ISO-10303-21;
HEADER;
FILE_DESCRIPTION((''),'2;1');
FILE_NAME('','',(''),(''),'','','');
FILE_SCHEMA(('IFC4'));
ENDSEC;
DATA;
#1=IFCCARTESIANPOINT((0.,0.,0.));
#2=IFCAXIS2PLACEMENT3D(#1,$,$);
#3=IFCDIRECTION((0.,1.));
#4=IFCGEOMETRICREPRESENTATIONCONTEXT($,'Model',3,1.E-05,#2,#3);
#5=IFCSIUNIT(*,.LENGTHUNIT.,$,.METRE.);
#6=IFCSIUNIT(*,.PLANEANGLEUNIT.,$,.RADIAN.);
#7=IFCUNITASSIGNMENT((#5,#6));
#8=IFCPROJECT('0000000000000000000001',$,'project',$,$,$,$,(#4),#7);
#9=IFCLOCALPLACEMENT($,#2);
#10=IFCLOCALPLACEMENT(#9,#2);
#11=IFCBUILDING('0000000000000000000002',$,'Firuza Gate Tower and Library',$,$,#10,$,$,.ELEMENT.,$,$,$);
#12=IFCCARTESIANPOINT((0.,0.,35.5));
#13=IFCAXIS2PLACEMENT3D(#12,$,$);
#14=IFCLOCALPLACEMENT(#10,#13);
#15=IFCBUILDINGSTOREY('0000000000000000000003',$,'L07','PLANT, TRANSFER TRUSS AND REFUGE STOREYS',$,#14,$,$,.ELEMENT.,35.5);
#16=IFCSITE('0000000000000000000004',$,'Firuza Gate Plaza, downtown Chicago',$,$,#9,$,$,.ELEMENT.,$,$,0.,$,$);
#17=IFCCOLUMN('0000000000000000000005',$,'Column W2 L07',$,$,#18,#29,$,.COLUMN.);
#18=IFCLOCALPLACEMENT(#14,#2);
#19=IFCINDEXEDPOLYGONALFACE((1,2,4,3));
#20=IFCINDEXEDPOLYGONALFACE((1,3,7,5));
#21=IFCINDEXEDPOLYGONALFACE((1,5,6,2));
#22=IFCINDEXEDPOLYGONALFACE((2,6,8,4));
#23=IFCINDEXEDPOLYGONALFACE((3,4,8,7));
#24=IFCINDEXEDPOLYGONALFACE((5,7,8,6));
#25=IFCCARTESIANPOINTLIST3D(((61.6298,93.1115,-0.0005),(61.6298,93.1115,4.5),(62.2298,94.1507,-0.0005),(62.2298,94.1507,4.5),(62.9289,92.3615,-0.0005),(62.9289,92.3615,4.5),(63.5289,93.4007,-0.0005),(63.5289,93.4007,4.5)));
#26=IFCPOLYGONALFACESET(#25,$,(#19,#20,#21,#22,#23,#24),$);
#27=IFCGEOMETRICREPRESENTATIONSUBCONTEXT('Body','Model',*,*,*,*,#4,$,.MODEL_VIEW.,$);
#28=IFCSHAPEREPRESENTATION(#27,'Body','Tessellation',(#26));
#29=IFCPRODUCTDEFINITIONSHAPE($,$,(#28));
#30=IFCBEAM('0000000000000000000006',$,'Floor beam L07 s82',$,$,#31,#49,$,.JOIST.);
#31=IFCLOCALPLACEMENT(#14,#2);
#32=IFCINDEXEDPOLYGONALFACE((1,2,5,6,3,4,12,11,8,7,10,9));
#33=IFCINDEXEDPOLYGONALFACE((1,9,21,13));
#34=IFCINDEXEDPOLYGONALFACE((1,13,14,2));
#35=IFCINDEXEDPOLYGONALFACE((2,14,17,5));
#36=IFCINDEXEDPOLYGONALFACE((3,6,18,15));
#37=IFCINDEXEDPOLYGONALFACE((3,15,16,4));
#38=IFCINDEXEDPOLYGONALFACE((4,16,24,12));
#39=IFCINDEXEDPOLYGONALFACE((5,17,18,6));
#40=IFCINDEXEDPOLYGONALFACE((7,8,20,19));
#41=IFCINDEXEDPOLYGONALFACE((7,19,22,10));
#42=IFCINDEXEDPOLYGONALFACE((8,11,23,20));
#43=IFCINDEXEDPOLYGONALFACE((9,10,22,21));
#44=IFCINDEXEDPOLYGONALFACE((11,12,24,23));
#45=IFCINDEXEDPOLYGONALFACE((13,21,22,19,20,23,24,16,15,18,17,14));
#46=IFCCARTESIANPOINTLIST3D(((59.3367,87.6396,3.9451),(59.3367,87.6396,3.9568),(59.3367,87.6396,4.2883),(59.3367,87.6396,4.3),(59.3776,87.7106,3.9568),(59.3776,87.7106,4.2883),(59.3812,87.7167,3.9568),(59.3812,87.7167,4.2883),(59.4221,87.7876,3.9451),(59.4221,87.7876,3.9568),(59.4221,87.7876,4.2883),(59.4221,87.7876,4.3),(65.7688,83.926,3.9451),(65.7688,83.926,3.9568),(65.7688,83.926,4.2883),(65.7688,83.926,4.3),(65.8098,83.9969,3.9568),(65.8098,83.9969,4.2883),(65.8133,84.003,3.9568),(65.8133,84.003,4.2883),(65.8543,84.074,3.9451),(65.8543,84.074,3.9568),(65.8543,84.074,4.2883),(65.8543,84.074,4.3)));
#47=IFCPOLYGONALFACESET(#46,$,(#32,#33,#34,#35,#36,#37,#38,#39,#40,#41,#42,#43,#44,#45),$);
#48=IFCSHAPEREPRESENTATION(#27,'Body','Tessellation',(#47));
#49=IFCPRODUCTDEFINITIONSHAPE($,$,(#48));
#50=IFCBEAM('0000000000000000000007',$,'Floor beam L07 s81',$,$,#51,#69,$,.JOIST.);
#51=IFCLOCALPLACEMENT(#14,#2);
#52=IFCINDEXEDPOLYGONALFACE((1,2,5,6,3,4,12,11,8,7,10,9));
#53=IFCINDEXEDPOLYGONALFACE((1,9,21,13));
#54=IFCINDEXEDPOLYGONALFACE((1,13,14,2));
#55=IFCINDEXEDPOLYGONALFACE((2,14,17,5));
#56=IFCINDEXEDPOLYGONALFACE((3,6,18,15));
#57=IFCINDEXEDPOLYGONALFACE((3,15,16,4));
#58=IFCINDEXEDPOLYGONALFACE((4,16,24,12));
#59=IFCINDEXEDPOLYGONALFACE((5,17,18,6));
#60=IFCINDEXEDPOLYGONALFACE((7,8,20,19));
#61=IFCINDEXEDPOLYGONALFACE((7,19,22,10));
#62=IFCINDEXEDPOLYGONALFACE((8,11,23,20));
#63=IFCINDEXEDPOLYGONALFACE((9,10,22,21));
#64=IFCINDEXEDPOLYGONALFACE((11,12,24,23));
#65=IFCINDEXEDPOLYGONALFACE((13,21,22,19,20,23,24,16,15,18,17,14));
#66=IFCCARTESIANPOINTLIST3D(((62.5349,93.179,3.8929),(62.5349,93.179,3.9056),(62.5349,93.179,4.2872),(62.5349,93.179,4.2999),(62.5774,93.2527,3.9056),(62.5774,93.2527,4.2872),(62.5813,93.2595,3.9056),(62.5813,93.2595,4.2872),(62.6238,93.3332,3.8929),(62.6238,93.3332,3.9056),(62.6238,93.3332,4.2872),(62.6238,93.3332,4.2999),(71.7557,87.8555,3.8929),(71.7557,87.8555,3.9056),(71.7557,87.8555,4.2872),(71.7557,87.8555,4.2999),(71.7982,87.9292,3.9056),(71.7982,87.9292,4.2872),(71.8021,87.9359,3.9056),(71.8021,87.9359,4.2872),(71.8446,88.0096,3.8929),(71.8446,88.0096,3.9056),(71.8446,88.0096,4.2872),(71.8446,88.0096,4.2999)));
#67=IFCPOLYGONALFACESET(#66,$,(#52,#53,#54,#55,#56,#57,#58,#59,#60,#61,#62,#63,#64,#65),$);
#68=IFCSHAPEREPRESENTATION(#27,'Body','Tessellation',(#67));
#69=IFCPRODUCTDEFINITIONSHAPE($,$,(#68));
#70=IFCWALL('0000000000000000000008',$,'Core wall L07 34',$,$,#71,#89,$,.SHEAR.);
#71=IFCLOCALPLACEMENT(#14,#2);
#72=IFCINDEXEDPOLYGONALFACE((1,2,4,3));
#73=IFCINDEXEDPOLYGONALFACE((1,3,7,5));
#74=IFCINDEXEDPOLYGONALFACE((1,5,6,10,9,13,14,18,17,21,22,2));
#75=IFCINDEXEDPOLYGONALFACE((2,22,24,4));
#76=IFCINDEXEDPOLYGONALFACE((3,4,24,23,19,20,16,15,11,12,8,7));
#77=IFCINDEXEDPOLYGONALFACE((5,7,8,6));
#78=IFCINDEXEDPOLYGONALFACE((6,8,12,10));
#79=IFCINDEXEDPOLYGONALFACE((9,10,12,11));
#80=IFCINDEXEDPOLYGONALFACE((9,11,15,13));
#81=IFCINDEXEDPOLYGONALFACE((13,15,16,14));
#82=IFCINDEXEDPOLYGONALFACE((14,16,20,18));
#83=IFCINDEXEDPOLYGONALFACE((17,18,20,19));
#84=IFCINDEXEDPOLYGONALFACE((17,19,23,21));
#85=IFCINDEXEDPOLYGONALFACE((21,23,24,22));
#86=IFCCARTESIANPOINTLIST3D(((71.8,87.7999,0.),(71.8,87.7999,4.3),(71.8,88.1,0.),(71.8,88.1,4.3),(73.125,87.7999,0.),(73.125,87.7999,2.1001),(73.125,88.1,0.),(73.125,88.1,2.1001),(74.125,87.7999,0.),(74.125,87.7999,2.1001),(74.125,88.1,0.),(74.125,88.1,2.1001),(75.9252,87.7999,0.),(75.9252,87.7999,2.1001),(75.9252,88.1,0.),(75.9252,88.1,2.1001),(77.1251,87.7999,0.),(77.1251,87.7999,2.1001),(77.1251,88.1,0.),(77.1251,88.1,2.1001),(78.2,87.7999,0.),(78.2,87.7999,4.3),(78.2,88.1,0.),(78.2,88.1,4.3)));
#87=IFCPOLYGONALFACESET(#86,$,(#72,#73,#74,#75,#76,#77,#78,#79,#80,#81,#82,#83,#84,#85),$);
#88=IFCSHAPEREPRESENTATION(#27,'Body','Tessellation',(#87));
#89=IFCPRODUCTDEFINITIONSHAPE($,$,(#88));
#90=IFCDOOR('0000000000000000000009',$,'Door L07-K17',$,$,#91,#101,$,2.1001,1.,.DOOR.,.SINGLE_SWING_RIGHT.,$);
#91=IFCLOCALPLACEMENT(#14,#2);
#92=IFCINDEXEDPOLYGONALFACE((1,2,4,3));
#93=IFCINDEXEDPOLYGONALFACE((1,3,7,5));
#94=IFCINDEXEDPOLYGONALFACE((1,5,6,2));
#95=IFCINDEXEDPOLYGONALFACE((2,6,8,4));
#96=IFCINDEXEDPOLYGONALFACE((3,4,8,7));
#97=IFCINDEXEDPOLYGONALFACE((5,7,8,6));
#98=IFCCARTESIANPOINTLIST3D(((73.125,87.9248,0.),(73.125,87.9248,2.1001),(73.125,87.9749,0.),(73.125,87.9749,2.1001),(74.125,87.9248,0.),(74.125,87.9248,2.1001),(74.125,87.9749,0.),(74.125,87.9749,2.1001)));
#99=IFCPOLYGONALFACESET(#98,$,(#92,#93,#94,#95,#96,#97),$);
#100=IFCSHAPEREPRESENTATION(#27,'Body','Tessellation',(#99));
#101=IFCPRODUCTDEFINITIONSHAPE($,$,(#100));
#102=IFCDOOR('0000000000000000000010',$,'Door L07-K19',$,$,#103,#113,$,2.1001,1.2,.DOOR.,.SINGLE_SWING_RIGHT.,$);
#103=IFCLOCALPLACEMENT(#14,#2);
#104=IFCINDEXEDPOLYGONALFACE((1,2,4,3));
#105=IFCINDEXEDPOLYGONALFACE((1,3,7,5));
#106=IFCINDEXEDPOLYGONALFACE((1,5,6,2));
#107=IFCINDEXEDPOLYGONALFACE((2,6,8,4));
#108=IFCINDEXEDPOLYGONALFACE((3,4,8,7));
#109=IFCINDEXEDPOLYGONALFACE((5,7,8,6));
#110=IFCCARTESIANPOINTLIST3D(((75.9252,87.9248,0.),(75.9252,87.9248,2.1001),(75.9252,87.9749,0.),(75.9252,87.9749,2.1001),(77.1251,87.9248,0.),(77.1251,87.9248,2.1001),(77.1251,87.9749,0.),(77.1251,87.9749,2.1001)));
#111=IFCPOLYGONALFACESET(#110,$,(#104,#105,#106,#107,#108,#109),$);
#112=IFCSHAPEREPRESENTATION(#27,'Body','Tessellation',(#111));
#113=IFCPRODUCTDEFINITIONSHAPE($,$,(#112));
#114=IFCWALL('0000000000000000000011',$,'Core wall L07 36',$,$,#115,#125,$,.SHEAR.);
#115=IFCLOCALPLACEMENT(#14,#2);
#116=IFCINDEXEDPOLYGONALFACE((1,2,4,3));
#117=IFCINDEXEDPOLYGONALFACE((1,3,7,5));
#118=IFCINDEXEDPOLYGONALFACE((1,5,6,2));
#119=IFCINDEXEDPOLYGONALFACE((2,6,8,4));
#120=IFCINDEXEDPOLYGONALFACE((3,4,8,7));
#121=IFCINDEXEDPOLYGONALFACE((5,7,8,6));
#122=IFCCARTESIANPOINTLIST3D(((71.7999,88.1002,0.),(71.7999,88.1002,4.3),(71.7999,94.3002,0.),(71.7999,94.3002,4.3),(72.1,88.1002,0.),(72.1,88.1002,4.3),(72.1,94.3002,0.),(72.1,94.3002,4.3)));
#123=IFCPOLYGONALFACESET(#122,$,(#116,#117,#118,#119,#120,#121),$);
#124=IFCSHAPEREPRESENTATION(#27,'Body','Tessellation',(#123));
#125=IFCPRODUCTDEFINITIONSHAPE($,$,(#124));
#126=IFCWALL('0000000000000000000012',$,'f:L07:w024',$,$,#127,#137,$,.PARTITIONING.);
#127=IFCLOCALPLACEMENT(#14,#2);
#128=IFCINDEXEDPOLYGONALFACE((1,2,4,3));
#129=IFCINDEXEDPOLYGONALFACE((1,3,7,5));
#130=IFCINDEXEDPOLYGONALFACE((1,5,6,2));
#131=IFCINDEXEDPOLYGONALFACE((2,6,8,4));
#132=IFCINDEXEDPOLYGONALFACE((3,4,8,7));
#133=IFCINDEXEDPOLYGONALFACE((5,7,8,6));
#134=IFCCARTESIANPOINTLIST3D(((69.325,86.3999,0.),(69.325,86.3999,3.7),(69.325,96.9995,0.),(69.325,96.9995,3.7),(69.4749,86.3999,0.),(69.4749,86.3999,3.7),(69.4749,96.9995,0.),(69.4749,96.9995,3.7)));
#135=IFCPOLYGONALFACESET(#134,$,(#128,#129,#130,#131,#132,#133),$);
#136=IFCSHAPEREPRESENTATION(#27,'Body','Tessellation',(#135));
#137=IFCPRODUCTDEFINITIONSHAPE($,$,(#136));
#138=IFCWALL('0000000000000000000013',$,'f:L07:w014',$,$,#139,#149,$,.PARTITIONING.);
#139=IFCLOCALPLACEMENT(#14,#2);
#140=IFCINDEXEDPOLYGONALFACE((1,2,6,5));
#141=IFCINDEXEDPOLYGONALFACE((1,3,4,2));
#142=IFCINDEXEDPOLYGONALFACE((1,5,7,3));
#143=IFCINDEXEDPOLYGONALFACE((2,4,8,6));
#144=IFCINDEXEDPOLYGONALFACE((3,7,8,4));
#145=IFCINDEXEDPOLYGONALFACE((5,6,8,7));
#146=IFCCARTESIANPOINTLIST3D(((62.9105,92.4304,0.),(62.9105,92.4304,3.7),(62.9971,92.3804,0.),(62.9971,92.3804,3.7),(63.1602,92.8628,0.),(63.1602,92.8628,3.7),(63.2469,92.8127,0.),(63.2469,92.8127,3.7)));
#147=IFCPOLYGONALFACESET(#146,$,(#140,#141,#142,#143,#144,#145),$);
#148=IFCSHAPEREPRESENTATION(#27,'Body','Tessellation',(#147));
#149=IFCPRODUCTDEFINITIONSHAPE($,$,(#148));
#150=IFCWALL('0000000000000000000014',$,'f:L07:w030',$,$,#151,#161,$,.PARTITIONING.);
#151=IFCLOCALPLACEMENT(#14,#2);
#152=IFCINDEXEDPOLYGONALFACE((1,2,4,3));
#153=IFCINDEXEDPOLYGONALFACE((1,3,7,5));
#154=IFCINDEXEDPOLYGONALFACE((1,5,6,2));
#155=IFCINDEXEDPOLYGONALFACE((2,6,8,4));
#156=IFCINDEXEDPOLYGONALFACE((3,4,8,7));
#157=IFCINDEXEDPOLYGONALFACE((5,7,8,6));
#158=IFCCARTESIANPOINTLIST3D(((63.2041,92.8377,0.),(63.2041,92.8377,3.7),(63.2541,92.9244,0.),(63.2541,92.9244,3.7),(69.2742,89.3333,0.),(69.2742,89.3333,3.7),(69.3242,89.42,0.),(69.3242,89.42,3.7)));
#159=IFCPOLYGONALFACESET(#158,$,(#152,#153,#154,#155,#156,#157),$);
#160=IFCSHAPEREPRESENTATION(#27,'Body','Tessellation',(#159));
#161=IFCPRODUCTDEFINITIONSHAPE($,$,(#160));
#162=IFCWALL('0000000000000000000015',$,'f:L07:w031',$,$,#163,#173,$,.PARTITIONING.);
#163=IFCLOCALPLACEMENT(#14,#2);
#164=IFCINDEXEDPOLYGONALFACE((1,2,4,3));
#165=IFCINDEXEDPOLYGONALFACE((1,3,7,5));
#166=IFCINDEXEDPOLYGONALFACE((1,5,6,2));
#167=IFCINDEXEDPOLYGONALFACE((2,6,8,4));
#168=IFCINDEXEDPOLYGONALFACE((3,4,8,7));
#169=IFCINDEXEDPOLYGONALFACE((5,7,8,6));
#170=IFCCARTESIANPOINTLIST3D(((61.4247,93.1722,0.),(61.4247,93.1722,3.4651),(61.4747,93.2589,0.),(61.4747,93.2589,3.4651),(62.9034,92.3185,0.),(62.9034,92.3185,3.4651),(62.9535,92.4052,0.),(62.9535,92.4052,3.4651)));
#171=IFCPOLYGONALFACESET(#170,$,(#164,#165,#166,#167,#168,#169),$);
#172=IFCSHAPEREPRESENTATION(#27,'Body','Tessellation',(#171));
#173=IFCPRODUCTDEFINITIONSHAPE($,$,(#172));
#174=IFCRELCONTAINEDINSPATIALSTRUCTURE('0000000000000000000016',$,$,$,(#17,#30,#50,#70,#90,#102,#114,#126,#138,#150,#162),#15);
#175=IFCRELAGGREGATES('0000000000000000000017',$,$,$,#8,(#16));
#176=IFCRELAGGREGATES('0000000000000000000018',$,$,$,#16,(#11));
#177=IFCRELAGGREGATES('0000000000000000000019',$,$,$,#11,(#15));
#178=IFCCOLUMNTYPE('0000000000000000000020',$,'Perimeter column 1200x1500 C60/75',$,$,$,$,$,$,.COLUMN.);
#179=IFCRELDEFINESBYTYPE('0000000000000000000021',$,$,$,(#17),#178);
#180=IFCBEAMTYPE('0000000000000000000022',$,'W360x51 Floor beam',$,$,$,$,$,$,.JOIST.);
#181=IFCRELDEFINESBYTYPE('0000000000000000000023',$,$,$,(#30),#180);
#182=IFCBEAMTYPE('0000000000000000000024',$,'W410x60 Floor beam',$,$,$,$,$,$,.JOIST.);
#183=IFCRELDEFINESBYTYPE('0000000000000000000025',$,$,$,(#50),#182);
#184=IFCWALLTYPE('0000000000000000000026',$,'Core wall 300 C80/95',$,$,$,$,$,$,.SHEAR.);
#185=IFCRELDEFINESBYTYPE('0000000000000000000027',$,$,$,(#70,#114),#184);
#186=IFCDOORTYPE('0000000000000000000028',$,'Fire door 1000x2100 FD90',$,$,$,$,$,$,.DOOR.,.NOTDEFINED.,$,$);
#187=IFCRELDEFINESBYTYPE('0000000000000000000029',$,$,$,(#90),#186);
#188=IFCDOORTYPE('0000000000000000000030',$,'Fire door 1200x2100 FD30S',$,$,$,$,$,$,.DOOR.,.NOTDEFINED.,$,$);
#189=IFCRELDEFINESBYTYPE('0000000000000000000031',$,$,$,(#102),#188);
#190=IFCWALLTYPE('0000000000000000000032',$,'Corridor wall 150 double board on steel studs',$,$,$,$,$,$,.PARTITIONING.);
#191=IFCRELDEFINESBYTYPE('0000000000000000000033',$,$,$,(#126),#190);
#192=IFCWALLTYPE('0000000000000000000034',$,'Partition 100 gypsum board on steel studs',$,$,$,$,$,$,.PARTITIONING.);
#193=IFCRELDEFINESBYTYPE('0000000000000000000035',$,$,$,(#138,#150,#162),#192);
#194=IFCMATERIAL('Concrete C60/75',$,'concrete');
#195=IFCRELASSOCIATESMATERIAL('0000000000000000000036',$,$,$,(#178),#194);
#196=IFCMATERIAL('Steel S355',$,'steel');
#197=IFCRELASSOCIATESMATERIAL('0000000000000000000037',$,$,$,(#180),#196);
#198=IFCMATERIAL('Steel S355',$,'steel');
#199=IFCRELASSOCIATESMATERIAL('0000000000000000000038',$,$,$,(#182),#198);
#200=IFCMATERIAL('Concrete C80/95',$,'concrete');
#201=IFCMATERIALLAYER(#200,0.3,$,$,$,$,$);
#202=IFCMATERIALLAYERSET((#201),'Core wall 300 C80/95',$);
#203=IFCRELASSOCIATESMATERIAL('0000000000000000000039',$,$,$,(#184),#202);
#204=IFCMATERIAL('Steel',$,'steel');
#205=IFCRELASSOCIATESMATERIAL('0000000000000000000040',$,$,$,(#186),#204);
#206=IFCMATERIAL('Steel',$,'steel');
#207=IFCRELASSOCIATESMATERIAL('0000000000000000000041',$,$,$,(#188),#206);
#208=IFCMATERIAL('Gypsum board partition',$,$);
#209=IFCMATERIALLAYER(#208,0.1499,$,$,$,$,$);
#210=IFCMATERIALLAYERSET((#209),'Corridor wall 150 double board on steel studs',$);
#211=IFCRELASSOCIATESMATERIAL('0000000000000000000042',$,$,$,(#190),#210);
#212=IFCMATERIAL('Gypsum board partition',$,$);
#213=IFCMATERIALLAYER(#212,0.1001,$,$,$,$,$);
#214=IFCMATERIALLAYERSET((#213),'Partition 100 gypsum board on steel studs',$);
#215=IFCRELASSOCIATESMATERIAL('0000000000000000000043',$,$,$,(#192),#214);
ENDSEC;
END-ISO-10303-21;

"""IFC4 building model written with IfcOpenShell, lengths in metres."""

from ifc_helpers import new_model, si_unit, direction, frame, frame_2d, origin, origin_2d, place, context, subcontext, project, spatial, rectangle, i_section, extrude, material, layer, layer_set, material_profile, profile_set, type_object, element, fill, save


model = new_model("IFC4")

# Units and contexts
model_context = context("Model", 3, precision=1e-05, world=origin(), true_north=direction((0.0, 1.0)))
body_context = subcontext(model_context, "Body", "Model", "MODEL_VIEW")
ifc_project = project(units=[si_unit("LENGTHUNIT", "METRE"), si_unit("PLANEANGLEUNIT", "RADIAN")], contexts=[model_context])

# Site, building, storey
site_placement = place(None, origin())
site = spatial("IfcSite", under=ifc_project, at=site_placement, Name="Firuza Gate Plaza, downtown Chicago", CompositionType="ELEMENT", RefElevation=0.0)
building_placement = place(site_placement, origin())
building = spatial("IfcBuilding", under=site, at=building_placement, Name="Firuza Gate Tower and Library", CompositionType="ELEMENT")
storey_placement = place(building_placement, frame((0.0, 0.0, 35.5)))
storey = spatial("IfcBuildingStorey", under=building, at=storey_placement, Name="L07", Description="PLANT, TRANSFER TRUSS AND REFUGE STOREYS", CompositionType="ELEMENT", Elevation=35.5)

# Column
ifc_material_1 = material(Name="Concrete C60/75", Category="concrete")
ifc_material_profile_1 = material_profile(ifc_material_1, rectangle(XDim=1.2, YDim=1.5, at=origin_2d()))
ifc_profile_set_1 = profile_set([ifc_material_profile_1], Name="Concrete C60/75")
column_type = type_object("IfcColumnType", Name="Perimeter column 1200x1500 C60/75", PredefinedType="COLUMN", material=ifc_profile_set_1)
column_placement = place(storey_placement, frame((62.5793, 93.2561, -0.0005), z_axis=(0.0, 0.0, 1.0), x_axis=(-0.5, -0.866025, 0.0)))
element("IfcColumn", 1, at=column_placement, inside=storey, type_object=column_type, Name="Column W2 L07", PredefinedType="COLUMN", context=body_context, shape_type="SweptSolid", body=[
    extrude(rectangle(XDim=1.2, YDim=1.5, at=origin_2d()), origin(), (0.0, 0.0, 1.0), 4.5005),
])

# Beams
ifc_material_2 = material(Name="Steel S355", Category="steel")
ifc_material_profile_2 = material_profile(ifc_material_2, i_section(OverallWidth=0.1709, OverallDepth=0.355, WebThickness=0.0071, FlangeThickness=0.0117, at=origin_2d()))
ifc_profile_set_2 = profile_set([ifc_material_profile_2], Name="Steel S355")
beam_type_1 = type_object("IfcBeamType", Name="W360x51 Floor beam", PredefinedType="JOIST", material=ifc_profile_set_2)
beam_1_placement = place(storey_placement, frame((59.3794, 87.7136, 4.1226), z_axis=(0.866024, -0.500003, 0.0), x_axis=(0.500003, 0.866024, 0.0)))
element("IfcBeam", 2, at=beam_1_placement, inside=storey, type_object=beam_type_1, Name="Floor beam L07 s82", PredefinedType="JOIST", context=body_context, shape_type="SweptSolid", body=[
    extrude(i_section(OverallWidth=0.1709, OverallDepth=0.355, WebThickness=0.0071, FlangeThickness=0.0117, at=origin_2d()), origin(), (0.0, 0.0, 1.0), 7.4272),
])
ifc_material_3 = material(Name="Steel S355", Category="steel")
ifc_material_profile_3 = material_profile(ifc_material_3, i_section(OverallWidth=0.178, OverallDepth=0.407, WebThickness=0.0078, FlangeThickness=0.0127, at=origin_2d()))
ifc_profile_set_3 = profile_set([ifc_material_profile_3], Name="Steel S355")
beam_type_2 = type_object("IfcBeamType", Name="W410x60 Floor beam", PredefinedType="JOIST", material=ifc_profile_set_3)
beam_2_placement = place(storey_placement, frame((62.5793, 93.2561, 4.0964), z_axis=(0.866029, -0.499994, 0.0), x_axis=(0.499994, 0.866029, 0.0)))
element("IfcBeam", 3, at=beam_2_placement, inside=storey, type_object=beam_type_2, Name="Floor beam L07 s81", PredefinedType="JOIST", context=body_context, shape_type="SweptSolid", body=[
    extrude(i_section(OverallWidth=0.178, OverallDepth=0.407, WebThickness=0.0078, FlangeThickness=0.0127, at=origin_2d()), origin(), (0.0, 0.0, 1.0), 10.6472),
])

# Wall, openings, doors
ifc_material_4 = material(Name="Concrete C80/95", Category="concrete")
ifc_layer_1 = layer(ifc_material_4, 0.3)
ifc_layer_set_1 = layer_set([ifc_layer_1], Name="Core wall 300 C80/95")
wall_type_1 = type_object("IfcWallType", Name="Core wall 300 C80/95", PredefinedType="SHEAR", material=ifc_layer_set_1)
wall_1_placement = place(storey_placement, frame((71.8, 87.95, 0.0), z_axis=(0.0, 0.0, 1.0), x_axis=(1.0, 0.0, 0.0)))
wall_1 = element("IfcWall", 4, at=wall_1_placement, inside=storey, type_object=wall_type_1, Name="Core wall L07 34", PredefinedType="SHEAR", context=body_context, shape_type="SweptSolid", body=[
    extrude(rectangle(XDim=6.3999, YDim=0.3, at=frame_2d((3.2, 0.0))), origin(), (0.0, 0.0, 1.0), 4.3),
])
opening_1_placement = place(wall_1_placement, frame((1.325, 0.0, 0.0)))
opening_1 = element("IfcOpeningElement", 5, at=opening_1_placement, cuts=wall_1, PredefinedType="OPENING", context=body_context, shape_type="SweptSolid", body=[
    extrude(rectangle(XDim=1.0, YDim=2.1001, at=frame_2d((0.5, 1.05))), frame((0.0, 0.1602, 0.0), z_axis=(0.0, -1.0, 0.0), x_axis=(1.0, 0.0, 0.0)), (0.0, 0.0, 1.0), 0.3201),
])
opening_2_placement = place(wall_1_placement, frame((4.125, 0.0, 0.0)))
opening_2 = element("IfcOpeningElement", 6, at=opening_2_placement, cuts=wall_1, PredefinedType="OPENING", context=body_context, shape_type="SweptSolid", body=[
    extrude(rectangle(XDim=1.2, YDim=2.1001, at=frame_2d((0.6001, 1.05))), frame((0.0, 0.1602, 0.0), z_axis=(0.0, -1.0, 0.0), x_axis=(1.0, 0.0, 0.0)), (0.0, 0.0, 1.0), 0.3201),
])
ifc_material_5 = material(Name="Steel", Category="steel")
door_type_1 = type_object("IfcDoorType", Name="Fire door 1000x2100 FD90", OperationType="NOTDEFINED", PredefinedType="DOOR", material=ifc_material_5)
door_1_placement = place(opening_1_placement, origin())
door_1 = element("IfcDoor", 7, at=door_1_placement, inside=storey, type_object=door_type_1, Name="Door L07-K17", OperationType="SINGLE_SWING_RIGHT", OverallHeight=2.1001, OverallWidth=1.0, PredefinedType="DOOR", context=body_context, shape_type="SweptSolid", body=[
    extrude(rectangle(XDim=1.0, YDim=2.1001, at=frame_2d((0.5, 1.05))), frame((0.0, 0.0249, 0.0), z_axis=(0.0, -1.0, 0.0), x_axis=(1.0, 0.0, 0.0)), (0.0, 0.0, 1.0), 0.05),
])
fill(opening_1, door_1)
ifc_material_6 = material(Name="Steel", Category="steel")
door_type_2 = type_object("IfcDoorType", Name="Fire door 1200x2100 FD30S", OperationType="NOTDEFINED", PredefinedType="DOOR", material=ifc_material_6)
door_2_placement = place(opening_2_placement, origin())
door_2 = element("IfcDoor", 8, at=door_2_placement, inside=storey, type_object=door_type_2, Name="Door L07-K19", OperationType="SINGLE_SWING_RIGHT", OverallHeight=2.1001, OverallWidth=1.2, PredefinedType="DOOR", context=body_context, shape_type="SweptSolid", body=[
    extrude(rectangle(XDim=1.2, YDim=2.1001, at=frame_2d((0.6001, 1.05))), frame((0.0, 0.0249, 0.0), z_axis=(0.0, -1.0, 0.0), x_axis=(1.0, 0.0, 0.0)), (0.0, 0.0, 1.0), 0.05),
])
fill(opening_2, door_2)

# Walls
wall_2_placement = place(storey_placement, frame((71.95, 88.1001, 0.0), z_axis=(0.0, 0.0, 1.0), x_axis=(0.0, 1.0, 0.0)))
element("IfcWall", 9, at=wall_2_placement, inside=storey, type_object=wall_type_1, Name="Core wall L07 36", PredefinedType="SHEAR", context=body_context, shape_type="SweptSolid", body=[
    extrude(rectangle(XDim=6.2, YDim=0.3, at=frame_2d((3.1001, 0.0))), origin(), (0.0, 0.0, 1.0), 4.3),
])
ifc_material_7 = material(Name="Gypsum board partition")
ifc_layer_2 = layer(ifc_material_7, 0.1499)
ifc_layer_set_2 = layer_set([ifc_layer_2], Name="Corridor wall 150 double board on steel studs")
wall_type_2 = type_object("IfcWallType", Name="Corridor wall 150 double board on steel studs", PredefinedType="PARTITIONING", material=ifc_layer_set_2)
wall_3_placement = place(storey_placement, frame((69.3999, 86.3999, 0.0), z_axis=(0.0, 0.0, 1.0), x_axis=(0.0, 1.0, 0.0)))
element("IfcWall", 10, at=wall_3_placement, inside=storey, type_object=wall_type_2, Name="f:L07:w024", PredefinedType="PARTITIONING", context=body_context, shape_type="SweptSolid", body=[
    extrude(rectangle(XDim=10.5996, YDim=0.1499, at=frame_2d((5.2998, 0.0))), origin(), (0.0, 0.0, 1.0), 3.7),
])
ifc_material_8 = material(Name="Gypsum board partition")
ifc_layer_3 = layer(ifc_material_8, 0.1001)
ifc_layer_set_3 = layer_set([ifc_layer_3], Name="Partition 100 gypsum board on steel studs")
wall_type_3 = type_object("IfcWallType", Name="Partition 100 gypsum board on steel studs", PredefinedType="PARTITIONING", material=ifc_layer_set_3)
wall_4_placement = place(storey_placement, frame((62.9539, 92.4055, 0.0), z_axis=(0.0, 0.0, 1.0), x_axis=(0.500188, 0.865917, 0.0)))
element("IfcWall", 11, at=wall_4_placement, inside=storey, type_object=wall_type_3, Name="f:L07:w014", PredefinedType="PARTITIONING", context=body_context, shape_type="SweptSolid", body=[
    extrude(rectangle(XDim=0.4993, YDim=0.1001, at=frame_2d((0.2495, 0.0))), origin(), (0.0, 0.0, 1.0), 3.7),
])
wall_5_placement = place(storey_placement, frame((69.2991, 89.3767, 0.0), z_axis=(0.0, 0.0, 1.0), x_axis=(-0.866035, 0.499983, 0.0)))
element("IfcWall", 12, at=wall_5_placement, inside=storey, type_object=wall_type_3, Name="f:L07:w030", PredefinedType="PARTITIONING", context=body_context, shape_type="SweptSolid", body=[
    extrude(rectangle(XDim=7.009, YDim=0.1001, at=frame_2d((3.5044, 0.0))), origin(), (0.0, 0.0, 1.0), 3.7),
])
wall_6_placement = place(storey_placement, frame((62.9285, 92.3618, 0.0), z_axis=(0.0, 0.0, 1.0), x_axis=(-0.866026, 0.499999, 0.0)))
element("IfcWall", 13, at=wall_6_placement, inside=storey, type_object=wall_type_3, Name="f:L07:w031", PredefinedType="PARTITIONING", context=body_context, shape_type="SweptSolid", body=[
    extrude(rectangle(XDim=1.7075, YDim=0.1001, at=frame_2d((0.8538, 0.0))), origin(), (0.0, 0.0, 1.0), 3.4651),
])

save(model, "model.ifc")
